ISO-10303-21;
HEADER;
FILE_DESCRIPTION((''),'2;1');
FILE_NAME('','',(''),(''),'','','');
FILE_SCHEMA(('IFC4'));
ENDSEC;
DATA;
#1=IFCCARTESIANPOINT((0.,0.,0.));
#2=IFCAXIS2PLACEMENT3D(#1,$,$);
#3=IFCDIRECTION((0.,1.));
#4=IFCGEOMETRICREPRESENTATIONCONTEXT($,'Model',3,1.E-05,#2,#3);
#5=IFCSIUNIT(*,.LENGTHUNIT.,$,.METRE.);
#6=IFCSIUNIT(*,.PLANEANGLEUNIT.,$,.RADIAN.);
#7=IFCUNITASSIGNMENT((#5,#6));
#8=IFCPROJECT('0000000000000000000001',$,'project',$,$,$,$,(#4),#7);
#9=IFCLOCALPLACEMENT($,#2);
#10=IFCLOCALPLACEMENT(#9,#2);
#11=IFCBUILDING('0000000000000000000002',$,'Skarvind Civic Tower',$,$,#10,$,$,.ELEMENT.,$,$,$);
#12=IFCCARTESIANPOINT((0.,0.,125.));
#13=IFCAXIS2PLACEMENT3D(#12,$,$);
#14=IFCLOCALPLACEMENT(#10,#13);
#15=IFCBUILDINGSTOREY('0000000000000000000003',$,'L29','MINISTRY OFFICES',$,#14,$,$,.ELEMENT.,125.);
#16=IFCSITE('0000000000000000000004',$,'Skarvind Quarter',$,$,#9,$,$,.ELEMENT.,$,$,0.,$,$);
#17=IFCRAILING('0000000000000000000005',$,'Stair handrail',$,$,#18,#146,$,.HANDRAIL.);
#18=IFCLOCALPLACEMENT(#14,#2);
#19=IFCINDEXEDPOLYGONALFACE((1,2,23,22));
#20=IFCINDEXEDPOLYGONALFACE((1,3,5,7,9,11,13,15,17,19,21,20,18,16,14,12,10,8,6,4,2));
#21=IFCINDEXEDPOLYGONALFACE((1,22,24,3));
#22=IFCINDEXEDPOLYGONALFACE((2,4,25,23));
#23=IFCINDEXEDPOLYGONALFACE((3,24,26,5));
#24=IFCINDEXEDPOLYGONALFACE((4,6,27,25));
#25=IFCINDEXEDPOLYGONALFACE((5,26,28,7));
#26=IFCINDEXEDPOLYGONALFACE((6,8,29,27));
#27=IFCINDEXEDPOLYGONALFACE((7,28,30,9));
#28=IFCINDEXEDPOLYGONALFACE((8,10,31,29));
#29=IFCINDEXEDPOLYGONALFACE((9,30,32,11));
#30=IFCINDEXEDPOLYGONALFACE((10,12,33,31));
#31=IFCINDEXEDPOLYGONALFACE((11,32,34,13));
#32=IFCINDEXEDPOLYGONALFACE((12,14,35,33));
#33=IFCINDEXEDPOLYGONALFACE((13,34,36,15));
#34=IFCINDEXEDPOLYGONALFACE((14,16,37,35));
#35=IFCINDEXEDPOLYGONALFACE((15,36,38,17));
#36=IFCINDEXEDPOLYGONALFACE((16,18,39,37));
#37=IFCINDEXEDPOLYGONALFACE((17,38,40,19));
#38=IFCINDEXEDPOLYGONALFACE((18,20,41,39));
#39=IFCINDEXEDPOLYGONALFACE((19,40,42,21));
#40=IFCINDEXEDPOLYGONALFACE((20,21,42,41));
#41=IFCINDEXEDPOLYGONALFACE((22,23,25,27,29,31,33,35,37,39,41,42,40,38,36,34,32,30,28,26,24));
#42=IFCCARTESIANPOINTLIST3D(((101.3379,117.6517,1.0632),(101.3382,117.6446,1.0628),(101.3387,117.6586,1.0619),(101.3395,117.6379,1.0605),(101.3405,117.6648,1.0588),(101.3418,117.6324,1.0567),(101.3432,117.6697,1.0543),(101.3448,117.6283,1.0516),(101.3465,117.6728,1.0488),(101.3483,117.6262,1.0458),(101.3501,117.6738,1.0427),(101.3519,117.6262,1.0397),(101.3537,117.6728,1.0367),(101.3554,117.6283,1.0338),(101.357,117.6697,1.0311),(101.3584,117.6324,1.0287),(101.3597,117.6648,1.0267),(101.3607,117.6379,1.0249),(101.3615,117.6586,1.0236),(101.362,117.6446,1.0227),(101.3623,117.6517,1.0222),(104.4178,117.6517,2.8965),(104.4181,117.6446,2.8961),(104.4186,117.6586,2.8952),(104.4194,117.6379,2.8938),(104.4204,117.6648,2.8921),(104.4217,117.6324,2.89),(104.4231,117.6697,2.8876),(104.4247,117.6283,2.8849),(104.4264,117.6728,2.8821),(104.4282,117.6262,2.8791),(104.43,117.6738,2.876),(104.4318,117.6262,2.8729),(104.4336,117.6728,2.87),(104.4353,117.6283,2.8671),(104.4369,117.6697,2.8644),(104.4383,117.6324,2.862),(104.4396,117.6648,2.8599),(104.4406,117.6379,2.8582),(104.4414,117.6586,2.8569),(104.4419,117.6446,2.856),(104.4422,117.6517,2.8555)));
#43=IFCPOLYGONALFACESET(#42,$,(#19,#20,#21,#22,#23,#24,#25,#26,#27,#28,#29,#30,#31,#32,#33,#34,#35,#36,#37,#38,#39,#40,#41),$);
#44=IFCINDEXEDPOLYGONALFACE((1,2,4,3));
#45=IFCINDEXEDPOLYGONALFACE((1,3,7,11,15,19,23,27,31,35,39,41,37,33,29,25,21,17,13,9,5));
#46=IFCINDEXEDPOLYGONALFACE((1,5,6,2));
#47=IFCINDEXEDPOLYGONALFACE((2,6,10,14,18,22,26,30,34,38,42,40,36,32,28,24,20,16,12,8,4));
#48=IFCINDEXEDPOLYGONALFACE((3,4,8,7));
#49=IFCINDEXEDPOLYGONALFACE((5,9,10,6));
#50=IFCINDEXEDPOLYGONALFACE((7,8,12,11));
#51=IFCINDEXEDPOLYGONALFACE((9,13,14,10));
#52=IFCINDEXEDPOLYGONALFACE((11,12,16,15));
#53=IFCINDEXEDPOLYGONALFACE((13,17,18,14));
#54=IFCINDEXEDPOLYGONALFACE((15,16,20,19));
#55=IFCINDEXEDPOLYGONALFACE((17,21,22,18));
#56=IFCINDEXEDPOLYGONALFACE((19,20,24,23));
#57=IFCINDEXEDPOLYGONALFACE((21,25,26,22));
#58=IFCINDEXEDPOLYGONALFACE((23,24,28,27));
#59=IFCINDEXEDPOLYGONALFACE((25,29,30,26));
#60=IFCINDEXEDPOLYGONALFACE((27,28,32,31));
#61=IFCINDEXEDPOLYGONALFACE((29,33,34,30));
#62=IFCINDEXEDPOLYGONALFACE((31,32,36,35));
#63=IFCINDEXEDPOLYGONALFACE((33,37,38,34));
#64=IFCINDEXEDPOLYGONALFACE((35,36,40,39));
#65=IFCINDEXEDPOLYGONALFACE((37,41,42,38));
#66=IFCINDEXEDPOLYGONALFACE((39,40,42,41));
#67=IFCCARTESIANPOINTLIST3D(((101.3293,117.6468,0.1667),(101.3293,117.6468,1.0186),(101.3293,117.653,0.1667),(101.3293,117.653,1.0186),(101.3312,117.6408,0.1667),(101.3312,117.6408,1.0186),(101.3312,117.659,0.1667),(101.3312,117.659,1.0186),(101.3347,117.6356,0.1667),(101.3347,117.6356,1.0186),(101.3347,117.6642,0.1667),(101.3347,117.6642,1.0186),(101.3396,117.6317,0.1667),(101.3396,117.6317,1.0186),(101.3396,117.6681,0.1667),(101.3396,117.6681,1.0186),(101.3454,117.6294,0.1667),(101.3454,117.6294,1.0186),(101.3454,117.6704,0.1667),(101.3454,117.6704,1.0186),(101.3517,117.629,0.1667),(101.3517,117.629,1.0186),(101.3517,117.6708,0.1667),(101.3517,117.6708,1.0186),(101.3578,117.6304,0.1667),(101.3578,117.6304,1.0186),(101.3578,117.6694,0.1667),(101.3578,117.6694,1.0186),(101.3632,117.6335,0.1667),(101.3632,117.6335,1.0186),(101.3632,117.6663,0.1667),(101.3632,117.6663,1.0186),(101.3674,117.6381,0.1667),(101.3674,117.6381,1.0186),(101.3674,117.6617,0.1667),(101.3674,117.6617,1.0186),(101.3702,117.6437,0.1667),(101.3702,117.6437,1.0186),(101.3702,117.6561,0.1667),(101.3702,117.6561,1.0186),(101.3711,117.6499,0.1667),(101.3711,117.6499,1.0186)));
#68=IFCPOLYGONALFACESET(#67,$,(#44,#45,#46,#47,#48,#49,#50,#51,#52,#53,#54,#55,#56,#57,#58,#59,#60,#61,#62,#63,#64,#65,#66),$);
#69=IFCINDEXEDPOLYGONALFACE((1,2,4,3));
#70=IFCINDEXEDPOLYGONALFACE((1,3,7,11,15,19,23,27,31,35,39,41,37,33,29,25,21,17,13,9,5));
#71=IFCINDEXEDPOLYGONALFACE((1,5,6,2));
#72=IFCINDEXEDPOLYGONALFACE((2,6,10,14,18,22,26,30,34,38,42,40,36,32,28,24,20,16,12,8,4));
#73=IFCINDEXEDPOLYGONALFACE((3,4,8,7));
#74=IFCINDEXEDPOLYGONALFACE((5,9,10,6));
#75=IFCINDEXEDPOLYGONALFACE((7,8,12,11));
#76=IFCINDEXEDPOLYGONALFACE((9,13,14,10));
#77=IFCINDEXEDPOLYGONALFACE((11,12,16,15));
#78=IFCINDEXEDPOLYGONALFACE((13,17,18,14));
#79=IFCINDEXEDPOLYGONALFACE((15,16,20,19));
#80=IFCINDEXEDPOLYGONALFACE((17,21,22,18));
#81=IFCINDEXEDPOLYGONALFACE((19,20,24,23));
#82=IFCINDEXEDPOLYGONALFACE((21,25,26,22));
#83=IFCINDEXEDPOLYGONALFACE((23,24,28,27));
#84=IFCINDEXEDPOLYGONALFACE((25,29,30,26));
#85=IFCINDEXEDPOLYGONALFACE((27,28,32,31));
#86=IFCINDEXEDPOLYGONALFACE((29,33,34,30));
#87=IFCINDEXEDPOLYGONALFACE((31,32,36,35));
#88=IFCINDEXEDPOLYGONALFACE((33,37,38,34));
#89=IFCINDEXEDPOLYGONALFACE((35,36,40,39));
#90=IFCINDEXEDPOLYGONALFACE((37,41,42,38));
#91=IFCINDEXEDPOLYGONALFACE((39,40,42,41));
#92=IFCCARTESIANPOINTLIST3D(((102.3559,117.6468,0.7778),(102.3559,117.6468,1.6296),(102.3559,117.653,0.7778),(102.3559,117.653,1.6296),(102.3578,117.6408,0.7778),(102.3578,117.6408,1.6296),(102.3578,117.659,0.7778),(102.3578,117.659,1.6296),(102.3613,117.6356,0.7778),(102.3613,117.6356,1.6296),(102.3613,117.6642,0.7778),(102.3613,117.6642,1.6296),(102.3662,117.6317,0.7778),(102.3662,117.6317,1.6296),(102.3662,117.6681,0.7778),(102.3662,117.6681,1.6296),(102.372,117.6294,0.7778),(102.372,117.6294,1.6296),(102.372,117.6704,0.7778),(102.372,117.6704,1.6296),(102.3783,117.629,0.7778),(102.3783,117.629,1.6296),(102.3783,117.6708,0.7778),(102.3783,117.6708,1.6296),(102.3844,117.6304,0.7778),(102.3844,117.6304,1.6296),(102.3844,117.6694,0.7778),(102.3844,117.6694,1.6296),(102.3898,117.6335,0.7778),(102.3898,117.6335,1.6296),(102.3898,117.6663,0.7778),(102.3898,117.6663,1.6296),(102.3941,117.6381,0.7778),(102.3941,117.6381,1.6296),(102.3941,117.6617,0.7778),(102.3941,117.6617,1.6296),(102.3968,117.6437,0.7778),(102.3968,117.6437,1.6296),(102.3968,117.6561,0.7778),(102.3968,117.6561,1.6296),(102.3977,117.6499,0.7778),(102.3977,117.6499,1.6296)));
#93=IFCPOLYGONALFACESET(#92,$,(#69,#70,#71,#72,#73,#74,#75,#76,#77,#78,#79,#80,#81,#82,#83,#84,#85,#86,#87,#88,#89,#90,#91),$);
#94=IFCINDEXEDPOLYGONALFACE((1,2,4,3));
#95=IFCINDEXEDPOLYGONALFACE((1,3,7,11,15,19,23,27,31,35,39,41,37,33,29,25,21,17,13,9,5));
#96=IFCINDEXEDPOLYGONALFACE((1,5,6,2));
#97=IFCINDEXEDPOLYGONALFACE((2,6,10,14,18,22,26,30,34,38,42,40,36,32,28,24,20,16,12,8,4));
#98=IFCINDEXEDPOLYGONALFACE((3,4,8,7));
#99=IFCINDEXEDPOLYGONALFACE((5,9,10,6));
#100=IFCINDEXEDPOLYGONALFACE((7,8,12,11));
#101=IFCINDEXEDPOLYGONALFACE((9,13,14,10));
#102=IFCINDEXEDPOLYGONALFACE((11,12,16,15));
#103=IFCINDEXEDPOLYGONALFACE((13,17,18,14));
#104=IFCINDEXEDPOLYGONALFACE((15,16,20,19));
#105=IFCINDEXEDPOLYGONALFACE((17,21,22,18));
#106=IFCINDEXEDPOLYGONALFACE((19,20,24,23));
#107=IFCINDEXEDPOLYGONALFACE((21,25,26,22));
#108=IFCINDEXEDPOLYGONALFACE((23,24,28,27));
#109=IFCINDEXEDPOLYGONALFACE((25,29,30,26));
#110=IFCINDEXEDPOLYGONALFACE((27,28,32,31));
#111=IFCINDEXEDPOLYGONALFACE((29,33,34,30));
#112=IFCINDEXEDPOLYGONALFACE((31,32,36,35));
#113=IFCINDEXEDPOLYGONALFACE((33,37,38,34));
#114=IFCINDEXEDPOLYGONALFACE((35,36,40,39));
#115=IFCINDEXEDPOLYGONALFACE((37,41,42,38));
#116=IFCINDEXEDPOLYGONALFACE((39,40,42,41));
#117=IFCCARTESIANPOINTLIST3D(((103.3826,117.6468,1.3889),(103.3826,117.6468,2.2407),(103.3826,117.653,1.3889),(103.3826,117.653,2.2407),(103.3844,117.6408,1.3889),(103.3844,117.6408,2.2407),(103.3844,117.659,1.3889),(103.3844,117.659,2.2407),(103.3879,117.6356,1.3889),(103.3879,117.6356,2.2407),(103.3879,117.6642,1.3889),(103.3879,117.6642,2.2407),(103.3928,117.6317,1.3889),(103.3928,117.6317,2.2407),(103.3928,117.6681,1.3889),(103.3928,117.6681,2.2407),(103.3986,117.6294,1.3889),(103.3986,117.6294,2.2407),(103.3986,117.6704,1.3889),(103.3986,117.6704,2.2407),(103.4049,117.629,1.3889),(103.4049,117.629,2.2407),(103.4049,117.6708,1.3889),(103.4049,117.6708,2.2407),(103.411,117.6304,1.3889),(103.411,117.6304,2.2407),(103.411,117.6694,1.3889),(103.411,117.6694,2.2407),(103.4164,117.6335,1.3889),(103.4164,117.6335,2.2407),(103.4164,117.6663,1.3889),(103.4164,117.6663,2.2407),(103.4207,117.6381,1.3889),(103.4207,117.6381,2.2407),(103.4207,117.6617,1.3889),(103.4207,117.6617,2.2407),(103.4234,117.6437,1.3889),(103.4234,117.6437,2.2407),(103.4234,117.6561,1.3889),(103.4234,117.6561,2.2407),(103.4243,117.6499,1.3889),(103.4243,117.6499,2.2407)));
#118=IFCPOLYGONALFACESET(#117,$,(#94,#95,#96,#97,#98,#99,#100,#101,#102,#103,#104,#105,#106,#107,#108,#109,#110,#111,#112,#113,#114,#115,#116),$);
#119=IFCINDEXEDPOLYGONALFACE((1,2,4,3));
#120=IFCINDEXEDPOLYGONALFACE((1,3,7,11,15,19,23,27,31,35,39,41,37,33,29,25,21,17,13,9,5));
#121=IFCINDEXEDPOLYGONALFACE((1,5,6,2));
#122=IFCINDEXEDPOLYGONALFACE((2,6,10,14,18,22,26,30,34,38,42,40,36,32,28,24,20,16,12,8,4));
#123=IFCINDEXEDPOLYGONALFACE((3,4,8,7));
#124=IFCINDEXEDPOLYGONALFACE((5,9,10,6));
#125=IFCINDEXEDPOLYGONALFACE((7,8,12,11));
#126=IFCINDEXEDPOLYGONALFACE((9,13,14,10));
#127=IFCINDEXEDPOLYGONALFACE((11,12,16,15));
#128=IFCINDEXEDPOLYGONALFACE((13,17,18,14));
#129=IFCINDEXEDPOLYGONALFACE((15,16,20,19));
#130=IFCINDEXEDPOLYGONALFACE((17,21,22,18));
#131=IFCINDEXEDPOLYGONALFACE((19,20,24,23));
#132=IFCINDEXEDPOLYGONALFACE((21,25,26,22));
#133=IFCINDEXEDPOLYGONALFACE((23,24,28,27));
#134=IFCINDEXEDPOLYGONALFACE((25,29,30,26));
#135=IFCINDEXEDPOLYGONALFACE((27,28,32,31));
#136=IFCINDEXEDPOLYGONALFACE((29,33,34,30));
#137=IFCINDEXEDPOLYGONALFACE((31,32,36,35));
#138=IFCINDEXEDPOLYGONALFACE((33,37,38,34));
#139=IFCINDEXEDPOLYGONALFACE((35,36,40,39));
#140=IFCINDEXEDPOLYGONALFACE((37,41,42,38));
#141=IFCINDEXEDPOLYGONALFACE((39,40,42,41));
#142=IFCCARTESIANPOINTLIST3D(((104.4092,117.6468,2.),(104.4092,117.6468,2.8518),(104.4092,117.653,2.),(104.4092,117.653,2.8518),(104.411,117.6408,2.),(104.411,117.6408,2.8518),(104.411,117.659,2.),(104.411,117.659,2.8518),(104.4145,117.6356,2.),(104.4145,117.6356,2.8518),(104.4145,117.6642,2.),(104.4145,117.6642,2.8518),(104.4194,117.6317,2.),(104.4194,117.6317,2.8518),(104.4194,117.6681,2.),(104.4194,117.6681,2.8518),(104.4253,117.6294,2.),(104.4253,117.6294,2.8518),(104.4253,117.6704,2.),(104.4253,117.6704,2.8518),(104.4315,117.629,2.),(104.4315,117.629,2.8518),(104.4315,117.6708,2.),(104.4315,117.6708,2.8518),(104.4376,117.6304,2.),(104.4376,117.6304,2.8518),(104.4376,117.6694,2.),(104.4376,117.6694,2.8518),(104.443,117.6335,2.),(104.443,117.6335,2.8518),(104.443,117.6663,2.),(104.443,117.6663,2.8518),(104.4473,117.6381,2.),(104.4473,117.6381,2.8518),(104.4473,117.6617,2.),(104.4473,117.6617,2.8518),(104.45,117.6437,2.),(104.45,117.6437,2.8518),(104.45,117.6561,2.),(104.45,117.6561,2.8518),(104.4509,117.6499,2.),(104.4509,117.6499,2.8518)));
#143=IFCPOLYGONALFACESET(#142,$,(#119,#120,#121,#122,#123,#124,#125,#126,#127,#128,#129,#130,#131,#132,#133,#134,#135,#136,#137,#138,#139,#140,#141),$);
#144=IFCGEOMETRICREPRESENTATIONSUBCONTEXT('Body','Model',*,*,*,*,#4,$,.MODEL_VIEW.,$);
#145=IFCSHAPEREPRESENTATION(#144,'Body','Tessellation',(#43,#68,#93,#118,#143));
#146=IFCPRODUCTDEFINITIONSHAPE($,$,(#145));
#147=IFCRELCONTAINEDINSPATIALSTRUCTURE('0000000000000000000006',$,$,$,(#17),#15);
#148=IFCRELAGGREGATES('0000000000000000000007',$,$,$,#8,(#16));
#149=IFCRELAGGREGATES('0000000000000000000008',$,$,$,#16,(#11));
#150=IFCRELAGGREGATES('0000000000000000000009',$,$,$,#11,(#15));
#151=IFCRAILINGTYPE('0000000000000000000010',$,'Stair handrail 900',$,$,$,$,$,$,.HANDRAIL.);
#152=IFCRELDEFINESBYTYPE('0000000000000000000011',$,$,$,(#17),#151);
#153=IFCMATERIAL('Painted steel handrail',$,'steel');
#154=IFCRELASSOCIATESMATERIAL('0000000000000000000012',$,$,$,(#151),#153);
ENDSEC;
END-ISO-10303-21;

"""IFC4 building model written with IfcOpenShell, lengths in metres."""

from ifc_helpers import new_model, si_unit, direction, frame, origin, origin_2d, place, context, subcontext, project, spatial, circle, extrude, material, type_object, element, save


model = new_model("IFC4")

# Units and contexts
model_context = context("Model", 3, precision=1e-05, world=origin(), true_north=direction((0.0, 1.0)))
body_context = subcontext(model_context, "Body", "Model", "MODEL_VIEW")
ifc_project = project(units=[si_unit("LENGTHUNIT", "METRE"), si_unit("PLANEANGLEUNIT", "RADIAN")], contexts=[model_context])

# Site, building, storey
site_placement = place(None, origin())
site = spatial("IfcSite", under=ifc_project, at=site_placement, Name="Skarvind Quarter", CompositionType="ELEMENT", RefElevation=0.0)
building_placement = place(site_placement, origin())
building = spatial("IfcBuilding", under=site, at=building_placement, Name="Skarvind Civic Tower", CompositionType="ELEMENT")
storey_placement = place(building_placement, frame((0.0, 0.0, 125.0)))
storey = spatial("IfcBuildingStorey", under=building, at=storey_placement, Name="L29", Description="MINISTRY OFFICES", CompositionType="ELEMENT", Elevation=125.0)

# Railing
ifc_material_1 = material(Name="Painted steel handrail", Category="steel")
railing_type = type_object("IfcRailingType", Name="Stair handrail 900", PredefinedType="HANDRAIL", material=ifc_material_1)
railing_1_placement = place(storey_placement, frame((101.3501, 117.6499, 0.1667)))
element("IfcRailing", 1, at=railing_1_placement, inside=storey, type_object=railing_type, Name="Stair handrail", PredefinedType="HANDRAIL", context=body_context, shape_type="SweptSolid", body=[
    extrude(circle(Radius=0.0239, at=origin_2d()), frame((0.0, 0.0, 0.876), z_axis=(0.859291, 0.0, 0.511487), x_axis=(0.0, 1.0, 0.0)), (0.0, 0.0, 1.0), 3.5842),
    extrude(circle(Radius=0.021, at=origin_2d()), origin(), (0.0, 0.0, 1.0), 0.8518),
    extrude(circle(Radius=0.021, at=origin_2d()), frame((1.0266, 0.0, 0.6111)), (0.0, 0.0, 1.0), 0.8518),
    extrude(circle(Radius=0.021, at=origin_2d()), frame((2.0532, 0.0, 1.2222)), (0.0, 0.0, 1.0), 0.8518),
    extrude(circle(Radius=0.021, at=origin_2d()), frame((3.0798, 0.0, 1.8333)), (0.0, 0.0, 1.0), 0.8518),
])

save(model, "model.ifc")
